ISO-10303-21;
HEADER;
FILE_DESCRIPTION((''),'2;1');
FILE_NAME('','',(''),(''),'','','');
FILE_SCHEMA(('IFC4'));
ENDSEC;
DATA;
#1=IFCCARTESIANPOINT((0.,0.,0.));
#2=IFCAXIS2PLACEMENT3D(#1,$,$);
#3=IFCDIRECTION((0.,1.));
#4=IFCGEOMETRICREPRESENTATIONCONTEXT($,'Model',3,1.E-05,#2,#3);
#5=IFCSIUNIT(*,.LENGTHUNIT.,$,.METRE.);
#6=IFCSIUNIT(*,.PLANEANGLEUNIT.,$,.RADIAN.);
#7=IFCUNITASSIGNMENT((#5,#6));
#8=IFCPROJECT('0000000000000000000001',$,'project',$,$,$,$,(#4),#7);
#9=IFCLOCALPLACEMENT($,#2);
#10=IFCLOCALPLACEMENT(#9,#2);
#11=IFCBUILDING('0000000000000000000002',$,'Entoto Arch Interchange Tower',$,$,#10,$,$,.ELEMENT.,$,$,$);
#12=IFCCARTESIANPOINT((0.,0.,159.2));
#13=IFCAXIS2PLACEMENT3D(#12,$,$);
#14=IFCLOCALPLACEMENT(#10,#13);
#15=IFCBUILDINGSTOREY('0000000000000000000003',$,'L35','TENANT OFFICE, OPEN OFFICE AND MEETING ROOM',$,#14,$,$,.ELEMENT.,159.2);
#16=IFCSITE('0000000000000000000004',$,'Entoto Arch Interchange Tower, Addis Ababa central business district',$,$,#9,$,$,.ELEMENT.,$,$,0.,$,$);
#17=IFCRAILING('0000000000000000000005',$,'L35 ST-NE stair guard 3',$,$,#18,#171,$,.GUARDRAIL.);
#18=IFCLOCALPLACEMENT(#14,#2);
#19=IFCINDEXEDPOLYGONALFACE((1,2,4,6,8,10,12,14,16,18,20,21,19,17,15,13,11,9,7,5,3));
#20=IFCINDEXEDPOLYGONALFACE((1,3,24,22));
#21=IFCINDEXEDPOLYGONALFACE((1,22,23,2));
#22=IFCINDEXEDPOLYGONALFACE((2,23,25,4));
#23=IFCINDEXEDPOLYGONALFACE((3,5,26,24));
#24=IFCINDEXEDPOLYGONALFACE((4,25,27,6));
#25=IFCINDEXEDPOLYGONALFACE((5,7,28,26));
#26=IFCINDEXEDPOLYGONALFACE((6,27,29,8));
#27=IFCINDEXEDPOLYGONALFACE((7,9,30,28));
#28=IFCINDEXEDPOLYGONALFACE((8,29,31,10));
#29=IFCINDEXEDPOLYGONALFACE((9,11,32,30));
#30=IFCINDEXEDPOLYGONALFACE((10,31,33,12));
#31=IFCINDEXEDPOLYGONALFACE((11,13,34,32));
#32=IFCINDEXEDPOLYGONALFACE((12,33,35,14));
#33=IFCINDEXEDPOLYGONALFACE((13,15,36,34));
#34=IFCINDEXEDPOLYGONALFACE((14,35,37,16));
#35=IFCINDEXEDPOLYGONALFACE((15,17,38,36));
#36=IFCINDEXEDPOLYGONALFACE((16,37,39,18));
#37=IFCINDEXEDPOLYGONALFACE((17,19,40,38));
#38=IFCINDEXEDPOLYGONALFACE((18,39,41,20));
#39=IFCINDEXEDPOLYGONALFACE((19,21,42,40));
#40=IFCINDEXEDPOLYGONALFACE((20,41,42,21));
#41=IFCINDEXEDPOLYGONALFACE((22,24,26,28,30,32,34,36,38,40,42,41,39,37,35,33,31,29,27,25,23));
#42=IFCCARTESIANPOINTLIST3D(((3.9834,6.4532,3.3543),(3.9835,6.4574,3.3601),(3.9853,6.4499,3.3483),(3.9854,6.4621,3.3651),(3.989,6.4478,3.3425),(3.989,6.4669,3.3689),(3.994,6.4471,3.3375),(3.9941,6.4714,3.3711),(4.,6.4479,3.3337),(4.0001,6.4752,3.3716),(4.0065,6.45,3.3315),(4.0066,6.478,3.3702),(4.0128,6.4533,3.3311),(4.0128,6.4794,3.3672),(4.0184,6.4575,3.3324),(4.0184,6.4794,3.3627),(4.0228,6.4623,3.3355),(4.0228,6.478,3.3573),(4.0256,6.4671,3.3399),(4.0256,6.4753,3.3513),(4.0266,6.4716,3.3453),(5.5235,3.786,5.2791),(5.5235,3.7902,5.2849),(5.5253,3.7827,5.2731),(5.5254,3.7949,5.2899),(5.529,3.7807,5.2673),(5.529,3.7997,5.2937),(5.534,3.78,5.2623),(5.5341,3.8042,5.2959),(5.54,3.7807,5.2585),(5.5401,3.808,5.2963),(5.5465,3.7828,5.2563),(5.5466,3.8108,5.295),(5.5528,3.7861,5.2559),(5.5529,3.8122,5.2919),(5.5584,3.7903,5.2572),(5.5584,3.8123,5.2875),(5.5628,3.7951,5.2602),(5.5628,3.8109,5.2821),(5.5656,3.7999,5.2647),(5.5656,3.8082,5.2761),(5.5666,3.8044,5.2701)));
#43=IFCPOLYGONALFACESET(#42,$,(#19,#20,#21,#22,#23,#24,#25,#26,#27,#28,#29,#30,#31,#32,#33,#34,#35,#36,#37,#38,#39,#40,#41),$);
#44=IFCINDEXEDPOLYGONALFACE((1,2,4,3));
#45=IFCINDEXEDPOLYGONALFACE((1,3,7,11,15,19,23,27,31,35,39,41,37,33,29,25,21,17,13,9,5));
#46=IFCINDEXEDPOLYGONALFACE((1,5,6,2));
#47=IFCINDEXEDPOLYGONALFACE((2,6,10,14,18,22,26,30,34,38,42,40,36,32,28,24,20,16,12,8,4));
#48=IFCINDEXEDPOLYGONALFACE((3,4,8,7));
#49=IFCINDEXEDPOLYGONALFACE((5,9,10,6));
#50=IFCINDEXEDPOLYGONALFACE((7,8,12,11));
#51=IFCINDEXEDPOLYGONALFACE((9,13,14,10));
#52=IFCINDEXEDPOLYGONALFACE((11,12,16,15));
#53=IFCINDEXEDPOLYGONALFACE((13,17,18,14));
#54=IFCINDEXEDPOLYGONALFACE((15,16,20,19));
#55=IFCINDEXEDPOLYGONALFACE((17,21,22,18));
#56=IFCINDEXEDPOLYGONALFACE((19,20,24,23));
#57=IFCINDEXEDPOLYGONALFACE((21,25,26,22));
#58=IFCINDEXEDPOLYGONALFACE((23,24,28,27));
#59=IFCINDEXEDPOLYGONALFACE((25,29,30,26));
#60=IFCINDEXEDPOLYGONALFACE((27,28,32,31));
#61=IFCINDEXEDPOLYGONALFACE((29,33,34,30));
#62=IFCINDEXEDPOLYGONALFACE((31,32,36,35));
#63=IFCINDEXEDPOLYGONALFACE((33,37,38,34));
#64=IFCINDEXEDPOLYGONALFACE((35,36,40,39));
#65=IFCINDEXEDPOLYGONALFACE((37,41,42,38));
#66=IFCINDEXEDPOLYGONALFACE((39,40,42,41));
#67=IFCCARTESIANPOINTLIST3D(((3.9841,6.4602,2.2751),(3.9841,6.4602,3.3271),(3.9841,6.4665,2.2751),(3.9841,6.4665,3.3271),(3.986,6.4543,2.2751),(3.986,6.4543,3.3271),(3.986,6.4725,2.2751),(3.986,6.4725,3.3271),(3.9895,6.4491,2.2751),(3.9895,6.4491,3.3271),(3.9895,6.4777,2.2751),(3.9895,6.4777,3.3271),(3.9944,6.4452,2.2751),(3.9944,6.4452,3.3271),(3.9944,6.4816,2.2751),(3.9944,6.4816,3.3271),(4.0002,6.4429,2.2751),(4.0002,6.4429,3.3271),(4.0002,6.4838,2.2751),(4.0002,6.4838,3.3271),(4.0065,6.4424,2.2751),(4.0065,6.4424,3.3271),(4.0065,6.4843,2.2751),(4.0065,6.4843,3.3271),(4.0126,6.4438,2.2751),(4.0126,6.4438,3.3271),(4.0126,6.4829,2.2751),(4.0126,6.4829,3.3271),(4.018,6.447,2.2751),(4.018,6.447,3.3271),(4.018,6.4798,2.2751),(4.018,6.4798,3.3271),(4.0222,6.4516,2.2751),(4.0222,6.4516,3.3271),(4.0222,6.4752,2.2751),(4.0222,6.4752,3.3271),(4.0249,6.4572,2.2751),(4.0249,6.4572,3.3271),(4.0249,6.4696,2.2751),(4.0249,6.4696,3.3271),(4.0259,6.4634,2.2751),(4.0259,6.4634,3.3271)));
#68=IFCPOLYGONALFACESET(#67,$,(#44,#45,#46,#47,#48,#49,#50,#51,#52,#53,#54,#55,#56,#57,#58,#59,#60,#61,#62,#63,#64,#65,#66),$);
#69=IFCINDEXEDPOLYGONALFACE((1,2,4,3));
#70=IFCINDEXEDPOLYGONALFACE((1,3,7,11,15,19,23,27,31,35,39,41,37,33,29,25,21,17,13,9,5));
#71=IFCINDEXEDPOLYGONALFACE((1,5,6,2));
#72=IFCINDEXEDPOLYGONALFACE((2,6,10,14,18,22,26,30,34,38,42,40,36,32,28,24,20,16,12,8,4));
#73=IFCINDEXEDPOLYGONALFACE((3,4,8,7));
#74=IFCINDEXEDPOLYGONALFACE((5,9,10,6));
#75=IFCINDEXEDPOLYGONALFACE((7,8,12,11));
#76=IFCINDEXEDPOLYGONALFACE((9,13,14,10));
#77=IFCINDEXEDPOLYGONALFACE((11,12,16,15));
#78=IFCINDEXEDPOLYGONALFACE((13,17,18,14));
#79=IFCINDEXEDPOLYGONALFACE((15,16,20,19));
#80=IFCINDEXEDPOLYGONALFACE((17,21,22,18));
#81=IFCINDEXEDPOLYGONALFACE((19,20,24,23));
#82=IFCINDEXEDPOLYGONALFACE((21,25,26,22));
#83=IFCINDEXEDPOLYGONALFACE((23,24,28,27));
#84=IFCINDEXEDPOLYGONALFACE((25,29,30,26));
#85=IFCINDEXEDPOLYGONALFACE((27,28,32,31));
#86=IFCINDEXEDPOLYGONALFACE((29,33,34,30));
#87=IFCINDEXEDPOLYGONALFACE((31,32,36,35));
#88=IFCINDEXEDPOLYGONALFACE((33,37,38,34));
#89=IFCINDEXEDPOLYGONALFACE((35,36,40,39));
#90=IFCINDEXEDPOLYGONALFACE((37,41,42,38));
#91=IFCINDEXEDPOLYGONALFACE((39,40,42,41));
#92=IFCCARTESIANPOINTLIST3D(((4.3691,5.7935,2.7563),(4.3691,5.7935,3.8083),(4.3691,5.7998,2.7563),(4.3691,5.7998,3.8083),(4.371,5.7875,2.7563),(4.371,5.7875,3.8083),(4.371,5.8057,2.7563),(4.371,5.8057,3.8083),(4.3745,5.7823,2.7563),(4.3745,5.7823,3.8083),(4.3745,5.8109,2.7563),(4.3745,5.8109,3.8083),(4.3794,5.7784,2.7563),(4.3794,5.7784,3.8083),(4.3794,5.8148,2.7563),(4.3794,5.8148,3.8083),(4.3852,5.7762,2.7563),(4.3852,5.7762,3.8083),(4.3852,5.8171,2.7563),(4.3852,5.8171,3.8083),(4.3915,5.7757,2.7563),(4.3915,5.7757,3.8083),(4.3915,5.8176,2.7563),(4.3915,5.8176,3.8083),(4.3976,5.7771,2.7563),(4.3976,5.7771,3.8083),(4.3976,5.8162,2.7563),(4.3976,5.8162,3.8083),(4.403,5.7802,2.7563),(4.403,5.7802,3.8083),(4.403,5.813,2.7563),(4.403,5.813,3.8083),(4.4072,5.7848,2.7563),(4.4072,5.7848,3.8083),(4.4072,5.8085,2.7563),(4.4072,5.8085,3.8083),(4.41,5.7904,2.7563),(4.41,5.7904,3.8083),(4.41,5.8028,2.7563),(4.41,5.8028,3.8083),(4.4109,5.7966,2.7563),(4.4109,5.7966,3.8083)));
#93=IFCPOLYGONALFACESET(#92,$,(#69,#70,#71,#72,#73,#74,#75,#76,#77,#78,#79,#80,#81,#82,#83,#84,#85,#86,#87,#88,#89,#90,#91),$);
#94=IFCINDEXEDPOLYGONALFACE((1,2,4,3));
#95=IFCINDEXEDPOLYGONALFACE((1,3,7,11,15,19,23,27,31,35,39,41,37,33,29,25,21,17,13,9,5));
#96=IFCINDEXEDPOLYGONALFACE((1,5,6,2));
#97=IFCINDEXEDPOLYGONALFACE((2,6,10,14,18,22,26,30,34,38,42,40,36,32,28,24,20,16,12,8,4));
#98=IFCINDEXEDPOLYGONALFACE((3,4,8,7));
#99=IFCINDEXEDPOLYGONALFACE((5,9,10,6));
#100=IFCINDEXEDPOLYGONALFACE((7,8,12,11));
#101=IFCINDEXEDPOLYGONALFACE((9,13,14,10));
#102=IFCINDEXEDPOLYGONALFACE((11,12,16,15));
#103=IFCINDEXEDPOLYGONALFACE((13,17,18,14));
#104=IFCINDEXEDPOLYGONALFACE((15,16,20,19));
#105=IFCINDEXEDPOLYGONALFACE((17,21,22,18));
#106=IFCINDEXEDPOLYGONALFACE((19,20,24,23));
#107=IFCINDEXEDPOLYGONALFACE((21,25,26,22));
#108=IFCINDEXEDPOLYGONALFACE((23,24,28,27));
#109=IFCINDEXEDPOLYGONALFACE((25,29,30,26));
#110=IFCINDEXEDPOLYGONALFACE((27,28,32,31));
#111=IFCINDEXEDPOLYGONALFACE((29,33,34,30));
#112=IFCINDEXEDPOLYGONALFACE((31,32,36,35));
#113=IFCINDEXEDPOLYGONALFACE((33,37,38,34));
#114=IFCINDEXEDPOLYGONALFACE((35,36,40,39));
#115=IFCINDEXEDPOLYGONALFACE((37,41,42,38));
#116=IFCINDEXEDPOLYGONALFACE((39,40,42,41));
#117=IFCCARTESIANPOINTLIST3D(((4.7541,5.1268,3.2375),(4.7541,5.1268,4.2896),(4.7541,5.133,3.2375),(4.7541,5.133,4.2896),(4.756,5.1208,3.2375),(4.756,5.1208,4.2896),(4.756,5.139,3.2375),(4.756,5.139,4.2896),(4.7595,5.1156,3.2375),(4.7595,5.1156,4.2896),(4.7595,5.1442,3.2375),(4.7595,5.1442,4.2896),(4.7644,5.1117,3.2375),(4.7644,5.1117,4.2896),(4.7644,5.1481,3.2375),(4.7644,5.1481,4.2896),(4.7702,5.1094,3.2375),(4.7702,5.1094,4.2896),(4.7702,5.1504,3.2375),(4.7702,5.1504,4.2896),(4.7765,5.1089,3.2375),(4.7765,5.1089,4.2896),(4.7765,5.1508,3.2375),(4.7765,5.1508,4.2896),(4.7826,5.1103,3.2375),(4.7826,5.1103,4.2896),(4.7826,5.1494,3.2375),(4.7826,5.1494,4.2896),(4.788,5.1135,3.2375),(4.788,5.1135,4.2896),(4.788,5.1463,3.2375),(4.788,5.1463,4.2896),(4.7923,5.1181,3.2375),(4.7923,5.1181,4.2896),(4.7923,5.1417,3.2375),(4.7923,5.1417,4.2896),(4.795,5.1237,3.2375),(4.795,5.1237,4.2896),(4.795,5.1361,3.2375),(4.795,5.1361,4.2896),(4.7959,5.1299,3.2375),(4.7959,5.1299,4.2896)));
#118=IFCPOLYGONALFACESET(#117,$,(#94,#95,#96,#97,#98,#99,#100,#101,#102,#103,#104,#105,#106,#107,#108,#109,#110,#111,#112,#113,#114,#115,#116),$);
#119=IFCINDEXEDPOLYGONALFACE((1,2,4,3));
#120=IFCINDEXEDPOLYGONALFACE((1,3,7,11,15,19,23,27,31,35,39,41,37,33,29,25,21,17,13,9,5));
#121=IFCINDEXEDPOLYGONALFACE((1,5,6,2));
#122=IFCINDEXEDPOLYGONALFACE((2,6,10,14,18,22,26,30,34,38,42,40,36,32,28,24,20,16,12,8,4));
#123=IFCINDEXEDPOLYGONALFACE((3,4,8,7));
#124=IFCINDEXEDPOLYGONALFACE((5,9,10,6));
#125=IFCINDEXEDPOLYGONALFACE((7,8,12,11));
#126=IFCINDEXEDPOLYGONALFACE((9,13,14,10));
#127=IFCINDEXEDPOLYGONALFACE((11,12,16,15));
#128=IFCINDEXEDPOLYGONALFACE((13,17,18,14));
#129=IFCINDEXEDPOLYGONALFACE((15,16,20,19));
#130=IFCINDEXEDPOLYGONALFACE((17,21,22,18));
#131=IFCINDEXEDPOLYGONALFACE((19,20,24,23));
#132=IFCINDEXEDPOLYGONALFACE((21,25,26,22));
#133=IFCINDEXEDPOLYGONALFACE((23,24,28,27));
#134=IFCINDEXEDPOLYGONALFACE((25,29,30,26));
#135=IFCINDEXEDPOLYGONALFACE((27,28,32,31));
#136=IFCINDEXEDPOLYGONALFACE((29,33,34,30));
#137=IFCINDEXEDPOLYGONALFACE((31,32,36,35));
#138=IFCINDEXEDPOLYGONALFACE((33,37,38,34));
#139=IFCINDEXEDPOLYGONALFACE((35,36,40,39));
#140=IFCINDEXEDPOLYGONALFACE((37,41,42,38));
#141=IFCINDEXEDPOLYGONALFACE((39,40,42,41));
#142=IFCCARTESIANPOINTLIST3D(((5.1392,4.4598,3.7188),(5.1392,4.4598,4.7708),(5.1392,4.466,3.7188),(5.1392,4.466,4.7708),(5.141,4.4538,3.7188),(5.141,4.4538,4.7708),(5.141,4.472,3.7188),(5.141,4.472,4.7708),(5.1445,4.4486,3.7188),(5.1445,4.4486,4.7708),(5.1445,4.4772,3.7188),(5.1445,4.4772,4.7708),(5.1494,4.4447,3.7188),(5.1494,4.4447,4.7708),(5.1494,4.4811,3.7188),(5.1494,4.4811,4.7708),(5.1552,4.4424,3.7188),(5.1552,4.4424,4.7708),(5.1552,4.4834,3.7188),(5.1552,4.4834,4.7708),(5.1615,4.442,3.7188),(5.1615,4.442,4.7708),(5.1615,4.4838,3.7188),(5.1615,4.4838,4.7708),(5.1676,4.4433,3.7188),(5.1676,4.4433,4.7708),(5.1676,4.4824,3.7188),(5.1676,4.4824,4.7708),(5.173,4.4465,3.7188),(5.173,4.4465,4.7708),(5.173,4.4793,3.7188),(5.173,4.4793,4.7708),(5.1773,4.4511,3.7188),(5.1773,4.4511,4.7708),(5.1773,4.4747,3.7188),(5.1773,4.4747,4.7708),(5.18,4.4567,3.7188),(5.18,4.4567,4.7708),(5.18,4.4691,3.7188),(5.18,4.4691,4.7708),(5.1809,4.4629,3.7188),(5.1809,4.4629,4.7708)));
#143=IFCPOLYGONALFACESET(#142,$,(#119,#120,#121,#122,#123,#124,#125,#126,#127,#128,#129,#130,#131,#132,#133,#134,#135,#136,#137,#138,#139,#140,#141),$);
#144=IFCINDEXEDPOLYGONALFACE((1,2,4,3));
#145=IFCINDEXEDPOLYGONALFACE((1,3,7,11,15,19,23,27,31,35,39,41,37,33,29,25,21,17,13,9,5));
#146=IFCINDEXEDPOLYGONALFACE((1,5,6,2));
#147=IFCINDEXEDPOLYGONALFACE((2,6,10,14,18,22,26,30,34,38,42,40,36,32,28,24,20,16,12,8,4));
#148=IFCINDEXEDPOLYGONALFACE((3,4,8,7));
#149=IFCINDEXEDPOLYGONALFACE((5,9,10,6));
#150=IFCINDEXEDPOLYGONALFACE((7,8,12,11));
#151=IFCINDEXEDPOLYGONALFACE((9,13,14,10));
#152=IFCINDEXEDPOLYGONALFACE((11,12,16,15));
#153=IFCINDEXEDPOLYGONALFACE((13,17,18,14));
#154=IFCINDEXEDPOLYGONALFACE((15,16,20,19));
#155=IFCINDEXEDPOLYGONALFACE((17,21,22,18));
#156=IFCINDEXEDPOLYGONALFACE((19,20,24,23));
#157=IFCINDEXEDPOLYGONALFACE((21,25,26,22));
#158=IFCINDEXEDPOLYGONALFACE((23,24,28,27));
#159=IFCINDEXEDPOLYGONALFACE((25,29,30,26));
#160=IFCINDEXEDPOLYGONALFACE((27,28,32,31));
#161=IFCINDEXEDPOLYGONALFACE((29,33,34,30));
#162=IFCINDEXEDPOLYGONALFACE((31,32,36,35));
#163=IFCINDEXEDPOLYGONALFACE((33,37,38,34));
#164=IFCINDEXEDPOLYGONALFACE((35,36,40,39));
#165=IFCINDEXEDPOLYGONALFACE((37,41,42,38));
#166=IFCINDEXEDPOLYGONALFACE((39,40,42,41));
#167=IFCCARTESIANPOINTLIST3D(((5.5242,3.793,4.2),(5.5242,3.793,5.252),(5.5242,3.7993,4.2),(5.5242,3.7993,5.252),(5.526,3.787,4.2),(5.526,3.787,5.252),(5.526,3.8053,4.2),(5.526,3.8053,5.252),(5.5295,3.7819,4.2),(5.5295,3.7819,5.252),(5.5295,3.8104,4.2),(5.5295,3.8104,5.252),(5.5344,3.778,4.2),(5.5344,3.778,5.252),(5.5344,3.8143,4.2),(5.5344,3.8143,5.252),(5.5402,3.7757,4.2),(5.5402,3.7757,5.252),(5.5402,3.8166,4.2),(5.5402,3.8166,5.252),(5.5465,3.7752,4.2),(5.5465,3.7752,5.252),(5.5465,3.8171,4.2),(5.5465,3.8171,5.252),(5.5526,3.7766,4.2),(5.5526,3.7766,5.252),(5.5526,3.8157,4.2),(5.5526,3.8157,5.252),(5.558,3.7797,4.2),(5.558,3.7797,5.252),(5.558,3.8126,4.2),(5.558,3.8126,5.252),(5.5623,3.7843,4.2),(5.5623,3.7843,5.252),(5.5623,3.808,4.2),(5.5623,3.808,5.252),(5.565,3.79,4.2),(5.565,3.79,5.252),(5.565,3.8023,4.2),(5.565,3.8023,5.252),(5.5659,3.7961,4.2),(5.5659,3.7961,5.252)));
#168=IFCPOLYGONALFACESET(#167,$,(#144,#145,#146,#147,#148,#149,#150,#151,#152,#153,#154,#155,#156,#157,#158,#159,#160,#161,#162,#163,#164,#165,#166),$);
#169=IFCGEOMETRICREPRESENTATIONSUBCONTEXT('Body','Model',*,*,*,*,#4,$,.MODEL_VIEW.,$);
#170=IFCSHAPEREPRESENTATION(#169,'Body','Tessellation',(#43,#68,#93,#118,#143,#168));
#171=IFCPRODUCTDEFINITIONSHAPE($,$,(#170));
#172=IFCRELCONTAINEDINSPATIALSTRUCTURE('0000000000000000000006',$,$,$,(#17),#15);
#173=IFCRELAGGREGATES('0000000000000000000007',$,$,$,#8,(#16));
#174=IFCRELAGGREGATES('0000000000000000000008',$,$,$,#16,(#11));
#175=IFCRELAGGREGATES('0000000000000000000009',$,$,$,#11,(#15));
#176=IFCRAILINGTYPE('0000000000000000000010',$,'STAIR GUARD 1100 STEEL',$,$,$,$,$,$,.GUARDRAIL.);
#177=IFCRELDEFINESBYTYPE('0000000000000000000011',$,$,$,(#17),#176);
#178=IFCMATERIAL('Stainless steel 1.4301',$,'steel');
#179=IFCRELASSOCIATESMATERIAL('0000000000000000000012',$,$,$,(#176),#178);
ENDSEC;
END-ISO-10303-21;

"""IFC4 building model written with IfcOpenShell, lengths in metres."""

from ifc_helpers import new_model, si_unit, direction, frame, origin, origin_2d, place, context, subcontext, project, spatial, circle, extrude, material, type_object, element, save


model = new_model("IFC4")

# Units and contexts
model_context = context("Model", 3, precision=1e-05, world=origin(), true_north=direction((0.0, 1.0)))
body_context = subcontext(model_context, "Body", "Model", "MODEL_VIEW")
ifc_project = project(units=[si_unit("LENGTHUNIT", "METRE"), si_unit("PLANEANGLEUNIT", "RADIAN")], contexts=[model_context])

# Site, building, storey
site_placement = place(None, origin())
site = spatial("IfcSite", under=ifc_project, at=site_placement, Name="Entoto Arch Interchange Tower, Addis Ababa central business district", CompositionType="ELEMENT", RefElevation=0.0)
building_placement = place(site_placement, origin())
building = spatial("IfcBuilding", under=site, at=building_placement, Name="Entoto Arch Interchange Tower", CompositionType="ELEMENT")
storey_placement = place(building_placement, frame((0.0, 0.0, 159.2)))
storey = spatial("IfcBuildingStorey", under=building, at=storey_placement, Name="L35", Description="TENANT OFFICE, OPEN OFFICE AND MEETING ROOM", CompositionType="ELEMENT", Elevation=159.2)

# Railing
ifc_material_1 = material(Name="Stainless steel 1.4301", Category="steel")
railing_type_1 = type_object("IfcRailingType", Name="STAIR GUARD 1100 STEEL", PredefinedType="GUARDRAIL", material=ifc_material_1)
railing_1_placement = place(storey_placement, frame((4.0049, 6.4634, 2.2751)))
element("IfcRailing", 1, at=railing_1_placement, inside=storey, type_object=railing_type_1, Name="L35 ST-NE stair guard 3", PredefinedType="GUARDRAIL", context=body_context, shape_type="SweptSolid", body=[
    extrude(circle(Radius=0.0239, at=origin_2d()), frame((0.0, 0.0, 1.0762), z_axis=(0.424031, -0.73439, 0.529971), x_axis=(0.86601, 0.500027, 0.0)), (0.0, 0.0, 1.0), 3.6318),
    extrude(circle(Radius=0.021, at=origin_2d()), origin(), (0.0, 0.0, 1.0), 1.052),
    extrude(circle(Radius=0.021, at=origin_2d()), frame((0.385, -0.6667, 0.4812)), (0.0, 0.0, 1.0), 1.052),
    extrude(circle(Radius=0.021, at=origin_2d()), frame((0.77, -1.3335, 0.9624)), (0.0, 0.0, 1.0), 1.052),
    extrude(circle(Radius=0.021, at=origin_2d()), frame((1.155, -2.0005, 1.4436)), (0.0, 0.0, 1.0), 1.052),
    extrude(circle(Radius=0.021, at=origin_2d()), frame((1.54, -2.6672, 1.9248)), (0.0, 0.0, 1.0), 1.052),
])

save(model, "model.ifc")
